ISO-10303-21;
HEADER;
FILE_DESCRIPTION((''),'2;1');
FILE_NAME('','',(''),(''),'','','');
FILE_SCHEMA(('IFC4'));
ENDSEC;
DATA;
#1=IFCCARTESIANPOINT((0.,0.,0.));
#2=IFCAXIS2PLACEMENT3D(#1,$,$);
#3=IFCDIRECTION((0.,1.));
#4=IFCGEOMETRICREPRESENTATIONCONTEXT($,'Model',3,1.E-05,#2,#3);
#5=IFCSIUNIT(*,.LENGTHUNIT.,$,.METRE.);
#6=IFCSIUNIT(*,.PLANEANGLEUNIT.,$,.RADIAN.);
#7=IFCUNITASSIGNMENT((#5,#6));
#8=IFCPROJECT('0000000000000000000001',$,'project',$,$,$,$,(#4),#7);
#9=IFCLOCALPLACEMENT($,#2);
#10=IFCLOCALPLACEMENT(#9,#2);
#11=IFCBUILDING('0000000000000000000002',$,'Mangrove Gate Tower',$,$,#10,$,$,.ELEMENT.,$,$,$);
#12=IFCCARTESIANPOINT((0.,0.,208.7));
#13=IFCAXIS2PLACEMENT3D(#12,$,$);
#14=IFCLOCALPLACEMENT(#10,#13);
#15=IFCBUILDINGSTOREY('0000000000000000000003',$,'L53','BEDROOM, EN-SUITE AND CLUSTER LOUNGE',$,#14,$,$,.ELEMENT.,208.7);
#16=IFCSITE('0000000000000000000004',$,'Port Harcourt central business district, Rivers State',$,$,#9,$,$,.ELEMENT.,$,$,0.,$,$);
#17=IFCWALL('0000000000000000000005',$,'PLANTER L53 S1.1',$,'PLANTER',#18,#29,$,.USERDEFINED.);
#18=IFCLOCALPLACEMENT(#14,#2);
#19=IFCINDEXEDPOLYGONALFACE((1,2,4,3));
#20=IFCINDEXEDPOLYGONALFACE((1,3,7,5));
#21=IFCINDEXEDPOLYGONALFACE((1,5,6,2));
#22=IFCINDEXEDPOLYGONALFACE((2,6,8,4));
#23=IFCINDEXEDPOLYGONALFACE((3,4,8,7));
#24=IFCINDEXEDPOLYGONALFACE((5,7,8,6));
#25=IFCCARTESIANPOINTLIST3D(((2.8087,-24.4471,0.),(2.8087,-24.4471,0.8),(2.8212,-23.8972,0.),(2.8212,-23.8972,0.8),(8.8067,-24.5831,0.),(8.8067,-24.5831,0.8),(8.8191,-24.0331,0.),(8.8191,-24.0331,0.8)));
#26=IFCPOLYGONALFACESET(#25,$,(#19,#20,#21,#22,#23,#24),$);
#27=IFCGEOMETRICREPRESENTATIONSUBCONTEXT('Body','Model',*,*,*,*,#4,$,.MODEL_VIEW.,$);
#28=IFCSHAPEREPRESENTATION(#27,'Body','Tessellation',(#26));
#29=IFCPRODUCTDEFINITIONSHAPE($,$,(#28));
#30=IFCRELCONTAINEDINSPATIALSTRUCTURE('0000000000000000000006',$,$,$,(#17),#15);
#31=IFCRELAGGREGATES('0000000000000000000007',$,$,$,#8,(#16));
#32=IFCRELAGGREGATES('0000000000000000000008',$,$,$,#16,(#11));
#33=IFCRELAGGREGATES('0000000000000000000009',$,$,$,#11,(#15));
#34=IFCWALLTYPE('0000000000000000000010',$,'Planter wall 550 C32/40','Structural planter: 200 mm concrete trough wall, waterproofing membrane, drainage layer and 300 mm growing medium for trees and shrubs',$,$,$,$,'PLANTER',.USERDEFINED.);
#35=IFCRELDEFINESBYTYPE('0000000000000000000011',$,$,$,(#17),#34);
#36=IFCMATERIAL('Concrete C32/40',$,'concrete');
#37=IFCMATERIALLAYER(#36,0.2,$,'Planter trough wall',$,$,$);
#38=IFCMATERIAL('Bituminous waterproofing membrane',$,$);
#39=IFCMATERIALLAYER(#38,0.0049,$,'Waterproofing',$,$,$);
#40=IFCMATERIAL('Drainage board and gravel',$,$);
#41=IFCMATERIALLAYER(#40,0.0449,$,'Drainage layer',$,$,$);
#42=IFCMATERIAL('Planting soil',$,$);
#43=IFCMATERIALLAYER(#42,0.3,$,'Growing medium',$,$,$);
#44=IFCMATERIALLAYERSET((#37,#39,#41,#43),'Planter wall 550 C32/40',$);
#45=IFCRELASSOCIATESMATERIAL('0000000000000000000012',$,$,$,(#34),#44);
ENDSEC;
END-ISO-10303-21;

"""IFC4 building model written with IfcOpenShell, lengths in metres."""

from ifc_helpers import new_model, si_unit, direction, frame, frame_2d, origin, place, context, subcontext, project, spatial, rectangle, extrude, material, layer, layer_set, type_object, element, save


model = new_model("IFC4")

# Units and contexts
model_context = context("Model", 3, precision=1e-05, world=origin(), true_north=direction((0.0, 1.0)))
body_context = subcontext(model_context, "Body", "Model", "MODEL_VIEW")
ifc_project = project(units=[si_unit("LENGTHUNIT", "METRE"), si_unit("PLANEANGLEUNIT", "RADIAN")], contexts=[model_context])

# Site, building, storey
site_placement = place(None, origin())
site = spatial("IfcSite", under=ifc_project, at=site_placement, Name="Port Harcourt central business district, Rivers State", CompositionType="ELEMENT", RefElevation=0.0)
building_placement = place(site_placement, origin())
building = spatial("IfcBuilding", under=site, at=building_placement, Name="Mangrove Gate Tower", CompositionType="ELEMENT")
storey_placement = place(building_placement, frame((0.0, 0.0, 208.7)))
storey = spatial("IfcBuildingStorey", under=building, at=storey_placement, Name="L53", Description="BEDROOM, EN-SUITE AND CLUSTER LOUNGE", CompositionType="ELEMENT", Elevation=208.7)

# Wall
ifc_material_1 = material(Name="Concrete C32/40", Category="concrete")
ifc_layer_1 = layer(ifc_material_1, 0.2, Name="Planter trough wall")
ifc_material_2 = material(Name="Bituminous waterproofing membrane")
ifc_layer_2 = layer(ifc_material_2, 0.0049, Name="Waterproofing")
ifc_material_3 = material(Name="Drainage board and gravel")
ifc_layer_3 = layer(ifc_material_3, 0.0449, Name="Drainage layer")
ifc_material_4 = material(Name="Planting soil")
ifc_layer_4 = layer(ifc_material_4, 0.3, Name="Growing medium")
ifc_layer_set_1 = layer_set([ifc_layer_1, ifc_layer_2, ifc_layer_3, ifc_layer_4], Name="Planter wall 550 C32/40")
wall_type_1 = type_object("IfcWallType", Name="Planter wall 550 C32/40", Description="Structural planter: 200 mm concrete trough wall, waterproofing membrane, drainage layer and 300 mm growing medium for trees and shrubs", ElementType="PLANTER", PredefinedType="USERDEFINED", material=ifc_layer_set_1)
wall_1_placement = place(storey_placement, frame((2.8149, -24.1721, 0.0), z_axis=(0.0, 0.0, 1.0), x_axis=(0.999743, -0.022666, 0.0)))
element("IfcWall", 1, at=wall_1_placement, inside=storey, type_object=wall_type_1, Name="PLANTER L53 S1.1", ObjectType="PLANTER", PredefinedType="USERDEFINED", context=body_context, shape_type="SweptSolid", body=[
    extrude(rectangle(XDim=5.9995, YDim=0.55, at=frame_2d((2.9998, 0.0))), origin(), (0.0, 0.0, 1.0), 0.8),
])

save(model, "model.ifc")
